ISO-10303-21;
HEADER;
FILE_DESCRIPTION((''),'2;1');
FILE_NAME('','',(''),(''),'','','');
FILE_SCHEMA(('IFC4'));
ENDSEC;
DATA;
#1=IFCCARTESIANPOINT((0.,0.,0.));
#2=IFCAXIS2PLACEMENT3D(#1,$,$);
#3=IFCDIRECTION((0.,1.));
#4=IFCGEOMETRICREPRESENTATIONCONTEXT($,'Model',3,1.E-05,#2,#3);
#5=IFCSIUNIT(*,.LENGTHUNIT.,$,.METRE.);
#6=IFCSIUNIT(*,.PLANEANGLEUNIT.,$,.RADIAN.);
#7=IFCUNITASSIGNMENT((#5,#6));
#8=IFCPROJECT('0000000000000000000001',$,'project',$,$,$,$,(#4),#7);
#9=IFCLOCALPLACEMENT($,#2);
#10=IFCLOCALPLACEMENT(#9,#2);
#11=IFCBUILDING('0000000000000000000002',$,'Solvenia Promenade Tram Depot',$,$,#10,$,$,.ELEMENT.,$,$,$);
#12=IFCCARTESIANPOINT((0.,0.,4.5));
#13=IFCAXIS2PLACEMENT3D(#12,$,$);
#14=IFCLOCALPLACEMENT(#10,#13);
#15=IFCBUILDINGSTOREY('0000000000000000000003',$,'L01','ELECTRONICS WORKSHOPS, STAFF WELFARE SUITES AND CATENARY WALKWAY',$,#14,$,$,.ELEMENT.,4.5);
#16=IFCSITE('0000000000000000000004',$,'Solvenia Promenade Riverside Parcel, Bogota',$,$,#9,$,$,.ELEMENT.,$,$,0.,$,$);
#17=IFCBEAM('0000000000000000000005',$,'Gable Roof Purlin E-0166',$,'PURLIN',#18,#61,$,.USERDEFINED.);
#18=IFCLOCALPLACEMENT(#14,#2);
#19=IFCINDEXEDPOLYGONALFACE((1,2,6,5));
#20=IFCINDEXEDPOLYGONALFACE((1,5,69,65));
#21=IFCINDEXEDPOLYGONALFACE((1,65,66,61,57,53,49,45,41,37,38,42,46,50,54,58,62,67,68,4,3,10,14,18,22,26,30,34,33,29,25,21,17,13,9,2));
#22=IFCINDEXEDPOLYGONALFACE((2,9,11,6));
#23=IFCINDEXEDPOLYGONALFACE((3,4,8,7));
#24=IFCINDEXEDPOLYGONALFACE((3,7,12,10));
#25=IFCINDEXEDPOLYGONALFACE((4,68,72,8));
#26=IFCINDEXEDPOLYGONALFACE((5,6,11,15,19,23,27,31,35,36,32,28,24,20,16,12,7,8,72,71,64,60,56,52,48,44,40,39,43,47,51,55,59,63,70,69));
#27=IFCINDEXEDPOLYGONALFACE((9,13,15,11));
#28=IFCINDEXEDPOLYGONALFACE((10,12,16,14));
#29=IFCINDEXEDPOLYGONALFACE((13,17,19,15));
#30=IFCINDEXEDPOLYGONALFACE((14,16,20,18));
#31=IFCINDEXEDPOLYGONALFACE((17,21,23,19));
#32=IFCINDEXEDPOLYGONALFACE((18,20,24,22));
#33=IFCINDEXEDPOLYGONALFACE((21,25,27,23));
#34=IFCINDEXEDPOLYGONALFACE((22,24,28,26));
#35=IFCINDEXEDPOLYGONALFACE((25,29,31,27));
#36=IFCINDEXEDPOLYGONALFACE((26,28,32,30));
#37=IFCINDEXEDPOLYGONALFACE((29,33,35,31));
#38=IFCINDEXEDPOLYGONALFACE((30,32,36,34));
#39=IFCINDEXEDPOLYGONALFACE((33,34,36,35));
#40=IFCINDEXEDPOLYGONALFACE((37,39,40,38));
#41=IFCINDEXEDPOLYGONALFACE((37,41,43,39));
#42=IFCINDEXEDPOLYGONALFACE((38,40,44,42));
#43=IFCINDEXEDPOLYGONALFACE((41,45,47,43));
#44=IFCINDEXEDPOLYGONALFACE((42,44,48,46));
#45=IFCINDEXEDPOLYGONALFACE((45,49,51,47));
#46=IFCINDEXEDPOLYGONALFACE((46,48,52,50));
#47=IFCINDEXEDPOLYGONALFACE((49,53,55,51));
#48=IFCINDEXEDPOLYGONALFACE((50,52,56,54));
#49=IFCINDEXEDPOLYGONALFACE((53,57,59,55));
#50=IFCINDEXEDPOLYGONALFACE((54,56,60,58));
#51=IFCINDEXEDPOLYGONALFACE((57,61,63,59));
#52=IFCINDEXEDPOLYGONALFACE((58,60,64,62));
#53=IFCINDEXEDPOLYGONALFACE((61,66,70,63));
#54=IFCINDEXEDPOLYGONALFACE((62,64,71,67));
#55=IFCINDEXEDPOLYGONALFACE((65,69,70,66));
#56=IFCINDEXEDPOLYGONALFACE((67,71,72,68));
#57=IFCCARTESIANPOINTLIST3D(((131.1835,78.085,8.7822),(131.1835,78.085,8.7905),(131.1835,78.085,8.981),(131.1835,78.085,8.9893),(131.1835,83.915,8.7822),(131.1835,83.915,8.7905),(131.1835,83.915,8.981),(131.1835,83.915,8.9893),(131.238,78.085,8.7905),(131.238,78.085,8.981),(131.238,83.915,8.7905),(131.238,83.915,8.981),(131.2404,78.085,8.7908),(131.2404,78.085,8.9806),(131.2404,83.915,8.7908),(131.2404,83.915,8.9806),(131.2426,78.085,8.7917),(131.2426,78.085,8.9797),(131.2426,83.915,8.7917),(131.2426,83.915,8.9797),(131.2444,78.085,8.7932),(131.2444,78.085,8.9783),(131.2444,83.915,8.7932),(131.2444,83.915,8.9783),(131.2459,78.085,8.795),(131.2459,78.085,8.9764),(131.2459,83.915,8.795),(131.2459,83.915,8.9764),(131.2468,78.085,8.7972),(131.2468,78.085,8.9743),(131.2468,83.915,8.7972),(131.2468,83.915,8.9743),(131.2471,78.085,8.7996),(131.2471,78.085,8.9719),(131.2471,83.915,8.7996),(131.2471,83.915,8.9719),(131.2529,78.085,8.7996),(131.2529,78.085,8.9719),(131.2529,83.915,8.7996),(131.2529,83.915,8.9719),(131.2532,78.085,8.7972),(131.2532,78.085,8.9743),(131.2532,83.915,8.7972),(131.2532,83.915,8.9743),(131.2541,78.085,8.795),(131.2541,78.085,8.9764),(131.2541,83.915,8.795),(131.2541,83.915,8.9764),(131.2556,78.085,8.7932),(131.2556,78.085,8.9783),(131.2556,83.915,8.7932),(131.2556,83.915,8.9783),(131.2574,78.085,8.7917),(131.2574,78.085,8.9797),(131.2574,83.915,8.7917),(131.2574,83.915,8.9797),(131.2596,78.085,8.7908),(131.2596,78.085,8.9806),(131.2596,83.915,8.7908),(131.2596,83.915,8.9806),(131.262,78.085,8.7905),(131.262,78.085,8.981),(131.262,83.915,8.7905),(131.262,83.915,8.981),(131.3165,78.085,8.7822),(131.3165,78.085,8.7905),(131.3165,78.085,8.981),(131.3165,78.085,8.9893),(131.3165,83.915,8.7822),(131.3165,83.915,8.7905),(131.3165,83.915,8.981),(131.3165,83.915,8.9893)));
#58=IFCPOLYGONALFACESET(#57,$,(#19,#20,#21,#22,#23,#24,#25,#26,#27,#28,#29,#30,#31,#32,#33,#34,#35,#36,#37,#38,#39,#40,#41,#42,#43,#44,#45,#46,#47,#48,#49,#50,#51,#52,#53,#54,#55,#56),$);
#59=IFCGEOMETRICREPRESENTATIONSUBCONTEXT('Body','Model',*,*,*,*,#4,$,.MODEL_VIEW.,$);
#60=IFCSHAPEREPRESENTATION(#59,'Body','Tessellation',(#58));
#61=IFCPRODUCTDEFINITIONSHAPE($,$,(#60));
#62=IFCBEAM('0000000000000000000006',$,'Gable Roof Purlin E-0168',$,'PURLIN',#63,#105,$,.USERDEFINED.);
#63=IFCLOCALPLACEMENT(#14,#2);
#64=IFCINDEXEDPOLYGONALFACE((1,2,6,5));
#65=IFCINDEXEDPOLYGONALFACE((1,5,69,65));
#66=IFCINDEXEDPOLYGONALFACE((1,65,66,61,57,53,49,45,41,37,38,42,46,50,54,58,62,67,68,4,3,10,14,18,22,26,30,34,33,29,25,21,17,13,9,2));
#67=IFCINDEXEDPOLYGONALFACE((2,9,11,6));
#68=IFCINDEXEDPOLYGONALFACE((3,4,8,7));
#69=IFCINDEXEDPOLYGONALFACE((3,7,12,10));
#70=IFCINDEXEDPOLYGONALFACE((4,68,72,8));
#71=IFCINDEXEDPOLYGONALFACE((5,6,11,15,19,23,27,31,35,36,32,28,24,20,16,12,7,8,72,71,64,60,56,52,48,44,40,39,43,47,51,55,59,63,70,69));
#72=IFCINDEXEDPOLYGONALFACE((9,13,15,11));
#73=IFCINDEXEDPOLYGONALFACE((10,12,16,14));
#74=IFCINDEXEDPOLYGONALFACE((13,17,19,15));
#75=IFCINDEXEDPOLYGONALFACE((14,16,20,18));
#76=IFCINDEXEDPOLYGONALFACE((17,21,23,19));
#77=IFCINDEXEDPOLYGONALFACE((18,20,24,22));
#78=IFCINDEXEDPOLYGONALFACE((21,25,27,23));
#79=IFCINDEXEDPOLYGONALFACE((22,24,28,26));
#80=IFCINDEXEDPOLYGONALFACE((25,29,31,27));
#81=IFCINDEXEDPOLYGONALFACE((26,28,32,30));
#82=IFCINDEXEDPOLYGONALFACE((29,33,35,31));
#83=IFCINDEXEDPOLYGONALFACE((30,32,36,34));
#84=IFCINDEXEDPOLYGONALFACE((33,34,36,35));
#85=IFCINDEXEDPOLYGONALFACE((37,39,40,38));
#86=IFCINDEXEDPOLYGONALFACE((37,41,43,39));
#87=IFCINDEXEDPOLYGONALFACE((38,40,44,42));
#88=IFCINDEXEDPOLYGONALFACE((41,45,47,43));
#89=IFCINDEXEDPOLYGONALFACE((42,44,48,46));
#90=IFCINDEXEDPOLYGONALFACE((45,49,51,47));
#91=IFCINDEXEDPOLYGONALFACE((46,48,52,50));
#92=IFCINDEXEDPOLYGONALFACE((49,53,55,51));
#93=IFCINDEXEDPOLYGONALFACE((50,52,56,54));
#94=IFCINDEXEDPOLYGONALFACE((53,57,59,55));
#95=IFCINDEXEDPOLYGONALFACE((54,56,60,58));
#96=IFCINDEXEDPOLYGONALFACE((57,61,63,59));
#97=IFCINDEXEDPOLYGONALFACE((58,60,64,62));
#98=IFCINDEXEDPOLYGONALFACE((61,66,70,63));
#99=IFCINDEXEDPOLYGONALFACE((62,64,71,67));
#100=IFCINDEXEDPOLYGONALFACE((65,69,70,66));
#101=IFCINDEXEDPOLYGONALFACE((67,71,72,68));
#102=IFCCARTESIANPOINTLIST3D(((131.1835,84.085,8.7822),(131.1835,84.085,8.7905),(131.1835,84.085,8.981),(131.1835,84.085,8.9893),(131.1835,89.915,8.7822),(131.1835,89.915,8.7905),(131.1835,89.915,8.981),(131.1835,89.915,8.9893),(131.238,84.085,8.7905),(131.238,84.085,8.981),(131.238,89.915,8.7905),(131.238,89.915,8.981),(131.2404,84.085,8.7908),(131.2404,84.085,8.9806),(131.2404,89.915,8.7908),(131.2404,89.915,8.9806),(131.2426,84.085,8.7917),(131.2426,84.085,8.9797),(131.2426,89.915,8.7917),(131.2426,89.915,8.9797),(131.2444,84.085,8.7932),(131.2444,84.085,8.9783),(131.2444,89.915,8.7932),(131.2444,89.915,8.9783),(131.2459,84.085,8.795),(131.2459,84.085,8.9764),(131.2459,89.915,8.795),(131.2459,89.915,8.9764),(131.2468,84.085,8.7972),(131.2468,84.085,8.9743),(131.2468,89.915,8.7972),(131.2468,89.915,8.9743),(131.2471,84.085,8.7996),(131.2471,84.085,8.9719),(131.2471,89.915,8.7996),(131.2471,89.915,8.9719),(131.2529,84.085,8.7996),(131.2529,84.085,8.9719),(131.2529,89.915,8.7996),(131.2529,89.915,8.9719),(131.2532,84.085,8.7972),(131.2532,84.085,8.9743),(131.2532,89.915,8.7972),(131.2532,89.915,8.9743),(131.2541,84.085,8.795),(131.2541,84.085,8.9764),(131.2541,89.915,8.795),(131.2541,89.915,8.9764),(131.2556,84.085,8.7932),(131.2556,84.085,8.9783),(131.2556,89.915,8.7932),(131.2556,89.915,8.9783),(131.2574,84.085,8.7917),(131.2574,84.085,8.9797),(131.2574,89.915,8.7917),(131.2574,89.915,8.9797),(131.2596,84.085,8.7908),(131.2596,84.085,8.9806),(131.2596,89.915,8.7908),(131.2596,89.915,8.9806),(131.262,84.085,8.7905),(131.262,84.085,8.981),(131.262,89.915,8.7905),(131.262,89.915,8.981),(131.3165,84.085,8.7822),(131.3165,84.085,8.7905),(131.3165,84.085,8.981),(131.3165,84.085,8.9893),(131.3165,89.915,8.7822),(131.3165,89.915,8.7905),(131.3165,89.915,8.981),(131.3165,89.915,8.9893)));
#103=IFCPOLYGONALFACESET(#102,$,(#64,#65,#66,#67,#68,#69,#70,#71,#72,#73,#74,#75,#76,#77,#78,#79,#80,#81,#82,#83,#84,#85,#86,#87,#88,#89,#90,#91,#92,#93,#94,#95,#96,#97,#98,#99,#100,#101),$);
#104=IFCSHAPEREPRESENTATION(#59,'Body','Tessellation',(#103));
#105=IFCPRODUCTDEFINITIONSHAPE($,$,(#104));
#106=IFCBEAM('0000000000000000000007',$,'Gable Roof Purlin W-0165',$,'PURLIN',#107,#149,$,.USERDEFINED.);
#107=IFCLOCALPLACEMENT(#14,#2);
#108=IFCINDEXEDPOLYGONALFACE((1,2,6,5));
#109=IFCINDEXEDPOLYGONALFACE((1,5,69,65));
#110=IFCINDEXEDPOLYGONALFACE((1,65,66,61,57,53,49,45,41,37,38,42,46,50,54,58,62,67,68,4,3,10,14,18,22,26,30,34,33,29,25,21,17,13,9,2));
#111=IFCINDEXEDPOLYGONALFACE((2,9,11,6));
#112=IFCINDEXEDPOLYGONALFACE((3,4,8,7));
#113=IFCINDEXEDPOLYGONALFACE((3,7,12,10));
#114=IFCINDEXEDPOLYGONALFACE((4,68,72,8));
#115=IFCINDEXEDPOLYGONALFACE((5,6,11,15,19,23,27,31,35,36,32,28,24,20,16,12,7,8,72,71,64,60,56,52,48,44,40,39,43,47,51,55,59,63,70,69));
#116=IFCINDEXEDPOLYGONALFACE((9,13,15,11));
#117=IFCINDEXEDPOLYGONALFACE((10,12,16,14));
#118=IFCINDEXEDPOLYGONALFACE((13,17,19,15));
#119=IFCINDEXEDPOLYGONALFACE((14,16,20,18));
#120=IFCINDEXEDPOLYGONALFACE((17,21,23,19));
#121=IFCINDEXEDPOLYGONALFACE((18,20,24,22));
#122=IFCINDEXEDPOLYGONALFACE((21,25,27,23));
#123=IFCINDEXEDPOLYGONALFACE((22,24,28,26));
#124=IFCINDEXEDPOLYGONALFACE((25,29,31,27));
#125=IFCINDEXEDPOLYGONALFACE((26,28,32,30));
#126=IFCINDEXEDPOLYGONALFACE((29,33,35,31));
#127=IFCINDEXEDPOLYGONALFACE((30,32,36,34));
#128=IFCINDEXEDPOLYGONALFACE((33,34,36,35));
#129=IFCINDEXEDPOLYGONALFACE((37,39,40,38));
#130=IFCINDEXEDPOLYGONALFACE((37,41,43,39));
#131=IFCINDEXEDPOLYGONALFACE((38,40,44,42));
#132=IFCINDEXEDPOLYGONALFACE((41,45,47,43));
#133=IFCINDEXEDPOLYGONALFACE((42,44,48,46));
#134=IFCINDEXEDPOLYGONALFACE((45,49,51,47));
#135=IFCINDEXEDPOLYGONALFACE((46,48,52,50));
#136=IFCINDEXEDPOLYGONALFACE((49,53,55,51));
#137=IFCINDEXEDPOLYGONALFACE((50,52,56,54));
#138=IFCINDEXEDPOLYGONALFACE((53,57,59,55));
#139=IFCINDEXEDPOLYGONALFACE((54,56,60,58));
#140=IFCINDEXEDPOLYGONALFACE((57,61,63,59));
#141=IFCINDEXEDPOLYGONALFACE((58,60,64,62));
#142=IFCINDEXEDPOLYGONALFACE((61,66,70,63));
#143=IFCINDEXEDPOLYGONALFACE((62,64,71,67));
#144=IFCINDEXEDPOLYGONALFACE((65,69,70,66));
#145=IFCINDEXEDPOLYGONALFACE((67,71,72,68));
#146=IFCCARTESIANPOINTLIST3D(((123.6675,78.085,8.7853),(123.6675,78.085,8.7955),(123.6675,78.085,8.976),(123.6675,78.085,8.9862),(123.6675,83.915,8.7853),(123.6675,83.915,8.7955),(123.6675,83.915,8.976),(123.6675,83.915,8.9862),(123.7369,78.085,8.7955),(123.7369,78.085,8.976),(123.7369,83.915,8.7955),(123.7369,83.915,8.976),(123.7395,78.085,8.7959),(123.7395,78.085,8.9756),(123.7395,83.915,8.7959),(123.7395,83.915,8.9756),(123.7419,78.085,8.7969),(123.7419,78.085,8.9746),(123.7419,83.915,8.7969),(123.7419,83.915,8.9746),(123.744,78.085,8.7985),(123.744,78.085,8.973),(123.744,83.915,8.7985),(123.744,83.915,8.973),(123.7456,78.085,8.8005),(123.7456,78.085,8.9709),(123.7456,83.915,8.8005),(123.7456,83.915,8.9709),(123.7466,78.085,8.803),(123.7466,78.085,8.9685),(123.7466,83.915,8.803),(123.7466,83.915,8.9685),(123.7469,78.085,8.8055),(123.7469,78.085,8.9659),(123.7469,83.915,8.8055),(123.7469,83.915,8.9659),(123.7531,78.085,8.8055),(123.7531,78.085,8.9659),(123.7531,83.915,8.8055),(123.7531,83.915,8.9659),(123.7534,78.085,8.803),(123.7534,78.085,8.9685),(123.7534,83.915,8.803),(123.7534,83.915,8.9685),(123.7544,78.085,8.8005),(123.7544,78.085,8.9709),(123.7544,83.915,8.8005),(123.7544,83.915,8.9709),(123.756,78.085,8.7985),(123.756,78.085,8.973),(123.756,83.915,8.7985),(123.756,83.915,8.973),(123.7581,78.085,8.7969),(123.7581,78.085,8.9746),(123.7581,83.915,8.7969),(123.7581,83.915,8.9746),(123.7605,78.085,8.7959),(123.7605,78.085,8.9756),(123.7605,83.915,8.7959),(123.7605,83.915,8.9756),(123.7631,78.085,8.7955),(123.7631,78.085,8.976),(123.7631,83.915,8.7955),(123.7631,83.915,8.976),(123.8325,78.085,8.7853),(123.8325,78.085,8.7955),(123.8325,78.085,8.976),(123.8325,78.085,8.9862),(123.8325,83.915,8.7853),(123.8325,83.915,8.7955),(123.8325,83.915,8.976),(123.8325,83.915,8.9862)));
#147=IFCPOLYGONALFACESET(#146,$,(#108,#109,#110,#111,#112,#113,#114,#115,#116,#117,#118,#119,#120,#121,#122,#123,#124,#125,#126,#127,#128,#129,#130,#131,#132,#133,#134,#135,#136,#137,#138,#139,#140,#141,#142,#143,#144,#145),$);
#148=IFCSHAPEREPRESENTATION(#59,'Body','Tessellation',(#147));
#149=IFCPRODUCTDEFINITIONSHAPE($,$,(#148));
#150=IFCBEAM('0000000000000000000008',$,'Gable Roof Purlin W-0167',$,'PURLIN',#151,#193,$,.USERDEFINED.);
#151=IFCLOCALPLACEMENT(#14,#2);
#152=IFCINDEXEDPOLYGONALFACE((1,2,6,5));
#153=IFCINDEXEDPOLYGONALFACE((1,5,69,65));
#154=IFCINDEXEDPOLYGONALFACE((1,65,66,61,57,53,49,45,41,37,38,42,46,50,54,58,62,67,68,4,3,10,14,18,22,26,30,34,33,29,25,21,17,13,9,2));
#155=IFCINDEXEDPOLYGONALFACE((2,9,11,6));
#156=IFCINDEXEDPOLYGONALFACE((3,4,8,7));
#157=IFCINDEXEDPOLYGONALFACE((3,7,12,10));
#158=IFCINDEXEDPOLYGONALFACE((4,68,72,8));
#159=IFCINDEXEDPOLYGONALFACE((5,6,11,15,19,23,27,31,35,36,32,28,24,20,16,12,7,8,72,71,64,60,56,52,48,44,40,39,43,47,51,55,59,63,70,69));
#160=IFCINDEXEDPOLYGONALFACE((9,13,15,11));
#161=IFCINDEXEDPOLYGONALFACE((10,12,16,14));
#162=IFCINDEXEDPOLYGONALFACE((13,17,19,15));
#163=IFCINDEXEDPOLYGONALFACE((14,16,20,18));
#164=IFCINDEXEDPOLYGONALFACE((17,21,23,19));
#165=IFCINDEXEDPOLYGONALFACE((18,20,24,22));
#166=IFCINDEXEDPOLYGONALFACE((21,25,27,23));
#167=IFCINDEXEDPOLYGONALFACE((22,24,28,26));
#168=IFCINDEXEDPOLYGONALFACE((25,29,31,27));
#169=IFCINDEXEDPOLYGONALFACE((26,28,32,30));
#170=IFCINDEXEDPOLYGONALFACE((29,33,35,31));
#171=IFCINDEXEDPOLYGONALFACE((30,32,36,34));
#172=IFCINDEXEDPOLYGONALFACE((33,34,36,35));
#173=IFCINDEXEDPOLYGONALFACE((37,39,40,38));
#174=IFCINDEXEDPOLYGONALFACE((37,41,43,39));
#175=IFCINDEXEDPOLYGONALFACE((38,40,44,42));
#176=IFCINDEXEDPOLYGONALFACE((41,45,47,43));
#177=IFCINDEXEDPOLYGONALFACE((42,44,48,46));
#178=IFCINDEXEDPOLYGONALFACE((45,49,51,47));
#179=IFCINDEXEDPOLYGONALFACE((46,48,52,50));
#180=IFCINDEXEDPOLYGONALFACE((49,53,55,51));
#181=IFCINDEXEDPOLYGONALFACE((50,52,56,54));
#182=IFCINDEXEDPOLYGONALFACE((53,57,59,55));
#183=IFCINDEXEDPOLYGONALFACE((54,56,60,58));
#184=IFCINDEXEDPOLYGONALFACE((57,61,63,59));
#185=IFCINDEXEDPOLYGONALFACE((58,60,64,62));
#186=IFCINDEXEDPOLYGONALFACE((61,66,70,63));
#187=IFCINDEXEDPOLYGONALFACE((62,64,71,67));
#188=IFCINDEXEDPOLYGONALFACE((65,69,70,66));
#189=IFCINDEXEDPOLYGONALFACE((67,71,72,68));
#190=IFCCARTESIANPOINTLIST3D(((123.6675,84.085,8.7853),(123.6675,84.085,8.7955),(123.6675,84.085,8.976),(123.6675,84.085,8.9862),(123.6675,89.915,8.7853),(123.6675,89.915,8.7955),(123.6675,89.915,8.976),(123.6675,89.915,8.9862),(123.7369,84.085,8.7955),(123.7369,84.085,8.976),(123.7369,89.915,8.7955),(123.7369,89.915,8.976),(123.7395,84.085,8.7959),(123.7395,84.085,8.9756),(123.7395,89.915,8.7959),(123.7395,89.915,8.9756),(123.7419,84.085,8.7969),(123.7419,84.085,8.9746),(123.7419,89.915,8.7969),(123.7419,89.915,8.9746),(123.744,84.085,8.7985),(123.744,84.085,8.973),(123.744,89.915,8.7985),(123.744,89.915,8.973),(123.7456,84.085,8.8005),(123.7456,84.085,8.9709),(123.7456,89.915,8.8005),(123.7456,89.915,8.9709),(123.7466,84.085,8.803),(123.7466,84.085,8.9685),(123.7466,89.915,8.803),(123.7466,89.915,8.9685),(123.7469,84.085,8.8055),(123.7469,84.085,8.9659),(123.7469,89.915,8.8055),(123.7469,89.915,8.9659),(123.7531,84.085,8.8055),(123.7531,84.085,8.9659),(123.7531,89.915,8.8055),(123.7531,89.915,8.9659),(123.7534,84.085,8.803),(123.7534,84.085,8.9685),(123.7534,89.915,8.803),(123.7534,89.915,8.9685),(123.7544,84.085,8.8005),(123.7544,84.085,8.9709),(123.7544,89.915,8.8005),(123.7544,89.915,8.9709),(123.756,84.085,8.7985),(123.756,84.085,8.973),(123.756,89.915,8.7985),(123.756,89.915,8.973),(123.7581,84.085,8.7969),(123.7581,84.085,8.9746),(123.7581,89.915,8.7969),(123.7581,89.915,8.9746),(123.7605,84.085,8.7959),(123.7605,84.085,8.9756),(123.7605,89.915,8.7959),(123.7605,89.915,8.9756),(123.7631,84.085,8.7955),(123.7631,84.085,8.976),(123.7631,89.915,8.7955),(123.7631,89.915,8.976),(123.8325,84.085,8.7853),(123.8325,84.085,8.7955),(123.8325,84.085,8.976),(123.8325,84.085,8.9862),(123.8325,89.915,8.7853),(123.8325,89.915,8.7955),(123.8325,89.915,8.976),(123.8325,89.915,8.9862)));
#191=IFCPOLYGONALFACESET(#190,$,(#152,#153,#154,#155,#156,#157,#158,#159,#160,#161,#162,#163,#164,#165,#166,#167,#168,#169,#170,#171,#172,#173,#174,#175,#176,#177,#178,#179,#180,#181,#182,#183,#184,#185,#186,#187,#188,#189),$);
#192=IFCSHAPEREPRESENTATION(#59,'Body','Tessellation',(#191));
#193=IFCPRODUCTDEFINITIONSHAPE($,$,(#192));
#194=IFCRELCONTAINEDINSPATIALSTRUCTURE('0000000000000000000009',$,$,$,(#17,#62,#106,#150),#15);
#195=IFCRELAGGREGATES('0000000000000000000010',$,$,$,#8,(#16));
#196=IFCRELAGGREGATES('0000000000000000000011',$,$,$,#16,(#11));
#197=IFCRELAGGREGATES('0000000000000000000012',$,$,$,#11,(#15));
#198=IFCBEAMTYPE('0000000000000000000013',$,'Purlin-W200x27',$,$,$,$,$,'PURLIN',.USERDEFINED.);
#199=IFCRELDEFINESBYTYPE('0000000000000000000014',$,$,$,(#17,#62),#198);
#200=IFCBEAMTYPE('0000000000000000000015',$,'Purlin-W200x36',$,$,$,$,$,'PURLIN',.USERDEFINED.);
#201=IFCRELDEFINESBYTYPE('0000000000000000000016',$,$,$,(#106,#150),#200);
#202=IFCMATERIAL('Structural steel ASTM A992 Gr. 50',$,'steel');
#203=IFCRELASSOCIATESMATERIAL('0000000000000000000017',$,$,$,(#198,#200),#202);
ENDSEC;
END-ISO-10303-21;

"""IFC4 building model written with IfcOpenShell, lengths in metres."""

from ifc_helpers import new_model, si_unit, direction, frame, origin, origin_2d, place, context, subcontext, project, spatial, i_section, extrude, material, material_profile, profile_set, type_object, element, save


model = new_model("IFC4")

# Units and contexts
model_context = context("Model", 3, precision=1e-05, world=origin(), true_north=direction((0.0, 1.0)))
body_context = subcontext(model_context, "Body", "Model", "MODEL_VIEW")
ifc_project = project(units=[si_unit("LENGTHUNIT", "METRE"), si_unit("PLANEANGLEUNIT", "RADIAN")], contexts=[model_context])

# Site, building, storey
site_placement = place(None, origin())
site = spatial("IfcSite", under=ifc_project, at=site_placement, Name="Solvenia Promenade Riverside Parcel, Bogota", CompositionType="ELEMENT", RefElevation=0.0)
building_placement = place(site_placement, origin())
building = spatial("IfcBuilding", under=site, at=building_placement, Name="Solvenia Promenade Tram Depot", CompositionType="ELEMENT")
storey_placement = place(building_placement, frame((0.0, 0.0, 4.5)))
storey = spatial("IfcBuildingStorey", under=building, at=storey_placement, Name="L01", Description="ELECTRONICS WORKSHOPS, STAFF WELFARE SUITES AND CATENARY WALKWAY", CompositionType="ELEMENT", Elevation=4.5)

# Beams
ifc_material_1 = material(Name="Structural steel ASTM A992 Gr. 50", Category="steel")
ifc_material_profile_1 = material_profile(ifc_material_1, i_section(OverallWidth=0.1331, OverallDepth=0.207, WebThickness=0.0059, FlangeThickness=0.0083, FilletRadius=0.009, at=origin_2d()), Name="W200x27", Category="steel")
ifc_profile_set_1 = profile_set([ifc_material_profile_1], Name="Structural steel ASTM A992 Gr. 50")
beam_type_1 = type_object("IfcBeamType", Name="Purlin-W200x27", ElementType="PURLIN", PredefinedType="USERDEFINED", material=ifc_profile_set_1)
for number, where, z_axis, x_axis, name in (
    (1, (131.25, 78.085, 8.8857), (0.0, 1.0, 0.0), (-1.0, 0.0, 0.0), "Gable Roof Purlin E-0166"),
    (2, (131.25, 84.085, 8.8857), (0.0, 1.0, 0.0), (-1.0, 0.0, 0.0), "Gable Roof Purlin E-0168"),
):
    element("IfcBeam", number, at=place(storey_placement, frame(where, z_axis=z_axis, x_axis=x_axis)), inside=storey, type_object=beam_type_1, Name=name, ObjectType="PURLIN", PredefinedType="USERDEFINED", context=body_context, shape_type="SweptSolid", body=[
        extrude(i_section(OverallWidth=0.1331, OverallDepth=0.207, WebThickness=0.0059, FlangeThickness=0.0083, FilletRadius=0.009, at=origin_2d()), origin(), (0.0, 0.0, 1.0), 5.8301),
    ])
ifc_material_profile_2 = material_profile(ifc_material_1, i_section(OverallWidth=0.165, OverallDepth=0.2009, WebThickness=0.0061, FlangeThickness=0.0103, FilletRadius=0.01, at=origin_2d()), Name="W200x36", Category="steel")
ifc_profile_set_2 = profile_set([ifc_material_profile_2], Name="Structural steel ASTM A992 Gr. 50")
beam_type_2 = type_object("IfcBeamType", Name="Purlin-W200x36", ElementType="PURLIN", PredefinedType="USERDEFINED", material=ifc_profile_set_2)
for number, where, z_axis, x_axis, name in (
    (3, (123.75, 78.085, 8.8857), (0.0, 1.0, 0.0), (-1.0, 0.0, 0.0), "Gable Roof Purlin W-0165"),
    (4, (123.75, 84.085, 8.8857), (0.0, 1.0, 0.0), (-1.0, 0.0, 0.0), "Gable Roof Purlin W-0167"),
):
    element("IfcBeam", number, at=place(storey_placement, frame(where, z_axis=z_axis, x_axis=x_axis)), inside=storey, type_object=beam_type_2, Name=name, ObjectType="PURLIN", PredefinedType="USERDEFINED", context=body_context, shape_type="SweptSolid", body=[
        extrude(i_section(OverallWidth=0.165, OverallDepth=0.2009, WebThickness=0.0061, FlangeThickness=0.0103, FilletRadius=0.01, at=origin_2d()), origin(), (0.0, 0.0, 1.0), 5.8301),
    ])

save(model, "model.ifc")
